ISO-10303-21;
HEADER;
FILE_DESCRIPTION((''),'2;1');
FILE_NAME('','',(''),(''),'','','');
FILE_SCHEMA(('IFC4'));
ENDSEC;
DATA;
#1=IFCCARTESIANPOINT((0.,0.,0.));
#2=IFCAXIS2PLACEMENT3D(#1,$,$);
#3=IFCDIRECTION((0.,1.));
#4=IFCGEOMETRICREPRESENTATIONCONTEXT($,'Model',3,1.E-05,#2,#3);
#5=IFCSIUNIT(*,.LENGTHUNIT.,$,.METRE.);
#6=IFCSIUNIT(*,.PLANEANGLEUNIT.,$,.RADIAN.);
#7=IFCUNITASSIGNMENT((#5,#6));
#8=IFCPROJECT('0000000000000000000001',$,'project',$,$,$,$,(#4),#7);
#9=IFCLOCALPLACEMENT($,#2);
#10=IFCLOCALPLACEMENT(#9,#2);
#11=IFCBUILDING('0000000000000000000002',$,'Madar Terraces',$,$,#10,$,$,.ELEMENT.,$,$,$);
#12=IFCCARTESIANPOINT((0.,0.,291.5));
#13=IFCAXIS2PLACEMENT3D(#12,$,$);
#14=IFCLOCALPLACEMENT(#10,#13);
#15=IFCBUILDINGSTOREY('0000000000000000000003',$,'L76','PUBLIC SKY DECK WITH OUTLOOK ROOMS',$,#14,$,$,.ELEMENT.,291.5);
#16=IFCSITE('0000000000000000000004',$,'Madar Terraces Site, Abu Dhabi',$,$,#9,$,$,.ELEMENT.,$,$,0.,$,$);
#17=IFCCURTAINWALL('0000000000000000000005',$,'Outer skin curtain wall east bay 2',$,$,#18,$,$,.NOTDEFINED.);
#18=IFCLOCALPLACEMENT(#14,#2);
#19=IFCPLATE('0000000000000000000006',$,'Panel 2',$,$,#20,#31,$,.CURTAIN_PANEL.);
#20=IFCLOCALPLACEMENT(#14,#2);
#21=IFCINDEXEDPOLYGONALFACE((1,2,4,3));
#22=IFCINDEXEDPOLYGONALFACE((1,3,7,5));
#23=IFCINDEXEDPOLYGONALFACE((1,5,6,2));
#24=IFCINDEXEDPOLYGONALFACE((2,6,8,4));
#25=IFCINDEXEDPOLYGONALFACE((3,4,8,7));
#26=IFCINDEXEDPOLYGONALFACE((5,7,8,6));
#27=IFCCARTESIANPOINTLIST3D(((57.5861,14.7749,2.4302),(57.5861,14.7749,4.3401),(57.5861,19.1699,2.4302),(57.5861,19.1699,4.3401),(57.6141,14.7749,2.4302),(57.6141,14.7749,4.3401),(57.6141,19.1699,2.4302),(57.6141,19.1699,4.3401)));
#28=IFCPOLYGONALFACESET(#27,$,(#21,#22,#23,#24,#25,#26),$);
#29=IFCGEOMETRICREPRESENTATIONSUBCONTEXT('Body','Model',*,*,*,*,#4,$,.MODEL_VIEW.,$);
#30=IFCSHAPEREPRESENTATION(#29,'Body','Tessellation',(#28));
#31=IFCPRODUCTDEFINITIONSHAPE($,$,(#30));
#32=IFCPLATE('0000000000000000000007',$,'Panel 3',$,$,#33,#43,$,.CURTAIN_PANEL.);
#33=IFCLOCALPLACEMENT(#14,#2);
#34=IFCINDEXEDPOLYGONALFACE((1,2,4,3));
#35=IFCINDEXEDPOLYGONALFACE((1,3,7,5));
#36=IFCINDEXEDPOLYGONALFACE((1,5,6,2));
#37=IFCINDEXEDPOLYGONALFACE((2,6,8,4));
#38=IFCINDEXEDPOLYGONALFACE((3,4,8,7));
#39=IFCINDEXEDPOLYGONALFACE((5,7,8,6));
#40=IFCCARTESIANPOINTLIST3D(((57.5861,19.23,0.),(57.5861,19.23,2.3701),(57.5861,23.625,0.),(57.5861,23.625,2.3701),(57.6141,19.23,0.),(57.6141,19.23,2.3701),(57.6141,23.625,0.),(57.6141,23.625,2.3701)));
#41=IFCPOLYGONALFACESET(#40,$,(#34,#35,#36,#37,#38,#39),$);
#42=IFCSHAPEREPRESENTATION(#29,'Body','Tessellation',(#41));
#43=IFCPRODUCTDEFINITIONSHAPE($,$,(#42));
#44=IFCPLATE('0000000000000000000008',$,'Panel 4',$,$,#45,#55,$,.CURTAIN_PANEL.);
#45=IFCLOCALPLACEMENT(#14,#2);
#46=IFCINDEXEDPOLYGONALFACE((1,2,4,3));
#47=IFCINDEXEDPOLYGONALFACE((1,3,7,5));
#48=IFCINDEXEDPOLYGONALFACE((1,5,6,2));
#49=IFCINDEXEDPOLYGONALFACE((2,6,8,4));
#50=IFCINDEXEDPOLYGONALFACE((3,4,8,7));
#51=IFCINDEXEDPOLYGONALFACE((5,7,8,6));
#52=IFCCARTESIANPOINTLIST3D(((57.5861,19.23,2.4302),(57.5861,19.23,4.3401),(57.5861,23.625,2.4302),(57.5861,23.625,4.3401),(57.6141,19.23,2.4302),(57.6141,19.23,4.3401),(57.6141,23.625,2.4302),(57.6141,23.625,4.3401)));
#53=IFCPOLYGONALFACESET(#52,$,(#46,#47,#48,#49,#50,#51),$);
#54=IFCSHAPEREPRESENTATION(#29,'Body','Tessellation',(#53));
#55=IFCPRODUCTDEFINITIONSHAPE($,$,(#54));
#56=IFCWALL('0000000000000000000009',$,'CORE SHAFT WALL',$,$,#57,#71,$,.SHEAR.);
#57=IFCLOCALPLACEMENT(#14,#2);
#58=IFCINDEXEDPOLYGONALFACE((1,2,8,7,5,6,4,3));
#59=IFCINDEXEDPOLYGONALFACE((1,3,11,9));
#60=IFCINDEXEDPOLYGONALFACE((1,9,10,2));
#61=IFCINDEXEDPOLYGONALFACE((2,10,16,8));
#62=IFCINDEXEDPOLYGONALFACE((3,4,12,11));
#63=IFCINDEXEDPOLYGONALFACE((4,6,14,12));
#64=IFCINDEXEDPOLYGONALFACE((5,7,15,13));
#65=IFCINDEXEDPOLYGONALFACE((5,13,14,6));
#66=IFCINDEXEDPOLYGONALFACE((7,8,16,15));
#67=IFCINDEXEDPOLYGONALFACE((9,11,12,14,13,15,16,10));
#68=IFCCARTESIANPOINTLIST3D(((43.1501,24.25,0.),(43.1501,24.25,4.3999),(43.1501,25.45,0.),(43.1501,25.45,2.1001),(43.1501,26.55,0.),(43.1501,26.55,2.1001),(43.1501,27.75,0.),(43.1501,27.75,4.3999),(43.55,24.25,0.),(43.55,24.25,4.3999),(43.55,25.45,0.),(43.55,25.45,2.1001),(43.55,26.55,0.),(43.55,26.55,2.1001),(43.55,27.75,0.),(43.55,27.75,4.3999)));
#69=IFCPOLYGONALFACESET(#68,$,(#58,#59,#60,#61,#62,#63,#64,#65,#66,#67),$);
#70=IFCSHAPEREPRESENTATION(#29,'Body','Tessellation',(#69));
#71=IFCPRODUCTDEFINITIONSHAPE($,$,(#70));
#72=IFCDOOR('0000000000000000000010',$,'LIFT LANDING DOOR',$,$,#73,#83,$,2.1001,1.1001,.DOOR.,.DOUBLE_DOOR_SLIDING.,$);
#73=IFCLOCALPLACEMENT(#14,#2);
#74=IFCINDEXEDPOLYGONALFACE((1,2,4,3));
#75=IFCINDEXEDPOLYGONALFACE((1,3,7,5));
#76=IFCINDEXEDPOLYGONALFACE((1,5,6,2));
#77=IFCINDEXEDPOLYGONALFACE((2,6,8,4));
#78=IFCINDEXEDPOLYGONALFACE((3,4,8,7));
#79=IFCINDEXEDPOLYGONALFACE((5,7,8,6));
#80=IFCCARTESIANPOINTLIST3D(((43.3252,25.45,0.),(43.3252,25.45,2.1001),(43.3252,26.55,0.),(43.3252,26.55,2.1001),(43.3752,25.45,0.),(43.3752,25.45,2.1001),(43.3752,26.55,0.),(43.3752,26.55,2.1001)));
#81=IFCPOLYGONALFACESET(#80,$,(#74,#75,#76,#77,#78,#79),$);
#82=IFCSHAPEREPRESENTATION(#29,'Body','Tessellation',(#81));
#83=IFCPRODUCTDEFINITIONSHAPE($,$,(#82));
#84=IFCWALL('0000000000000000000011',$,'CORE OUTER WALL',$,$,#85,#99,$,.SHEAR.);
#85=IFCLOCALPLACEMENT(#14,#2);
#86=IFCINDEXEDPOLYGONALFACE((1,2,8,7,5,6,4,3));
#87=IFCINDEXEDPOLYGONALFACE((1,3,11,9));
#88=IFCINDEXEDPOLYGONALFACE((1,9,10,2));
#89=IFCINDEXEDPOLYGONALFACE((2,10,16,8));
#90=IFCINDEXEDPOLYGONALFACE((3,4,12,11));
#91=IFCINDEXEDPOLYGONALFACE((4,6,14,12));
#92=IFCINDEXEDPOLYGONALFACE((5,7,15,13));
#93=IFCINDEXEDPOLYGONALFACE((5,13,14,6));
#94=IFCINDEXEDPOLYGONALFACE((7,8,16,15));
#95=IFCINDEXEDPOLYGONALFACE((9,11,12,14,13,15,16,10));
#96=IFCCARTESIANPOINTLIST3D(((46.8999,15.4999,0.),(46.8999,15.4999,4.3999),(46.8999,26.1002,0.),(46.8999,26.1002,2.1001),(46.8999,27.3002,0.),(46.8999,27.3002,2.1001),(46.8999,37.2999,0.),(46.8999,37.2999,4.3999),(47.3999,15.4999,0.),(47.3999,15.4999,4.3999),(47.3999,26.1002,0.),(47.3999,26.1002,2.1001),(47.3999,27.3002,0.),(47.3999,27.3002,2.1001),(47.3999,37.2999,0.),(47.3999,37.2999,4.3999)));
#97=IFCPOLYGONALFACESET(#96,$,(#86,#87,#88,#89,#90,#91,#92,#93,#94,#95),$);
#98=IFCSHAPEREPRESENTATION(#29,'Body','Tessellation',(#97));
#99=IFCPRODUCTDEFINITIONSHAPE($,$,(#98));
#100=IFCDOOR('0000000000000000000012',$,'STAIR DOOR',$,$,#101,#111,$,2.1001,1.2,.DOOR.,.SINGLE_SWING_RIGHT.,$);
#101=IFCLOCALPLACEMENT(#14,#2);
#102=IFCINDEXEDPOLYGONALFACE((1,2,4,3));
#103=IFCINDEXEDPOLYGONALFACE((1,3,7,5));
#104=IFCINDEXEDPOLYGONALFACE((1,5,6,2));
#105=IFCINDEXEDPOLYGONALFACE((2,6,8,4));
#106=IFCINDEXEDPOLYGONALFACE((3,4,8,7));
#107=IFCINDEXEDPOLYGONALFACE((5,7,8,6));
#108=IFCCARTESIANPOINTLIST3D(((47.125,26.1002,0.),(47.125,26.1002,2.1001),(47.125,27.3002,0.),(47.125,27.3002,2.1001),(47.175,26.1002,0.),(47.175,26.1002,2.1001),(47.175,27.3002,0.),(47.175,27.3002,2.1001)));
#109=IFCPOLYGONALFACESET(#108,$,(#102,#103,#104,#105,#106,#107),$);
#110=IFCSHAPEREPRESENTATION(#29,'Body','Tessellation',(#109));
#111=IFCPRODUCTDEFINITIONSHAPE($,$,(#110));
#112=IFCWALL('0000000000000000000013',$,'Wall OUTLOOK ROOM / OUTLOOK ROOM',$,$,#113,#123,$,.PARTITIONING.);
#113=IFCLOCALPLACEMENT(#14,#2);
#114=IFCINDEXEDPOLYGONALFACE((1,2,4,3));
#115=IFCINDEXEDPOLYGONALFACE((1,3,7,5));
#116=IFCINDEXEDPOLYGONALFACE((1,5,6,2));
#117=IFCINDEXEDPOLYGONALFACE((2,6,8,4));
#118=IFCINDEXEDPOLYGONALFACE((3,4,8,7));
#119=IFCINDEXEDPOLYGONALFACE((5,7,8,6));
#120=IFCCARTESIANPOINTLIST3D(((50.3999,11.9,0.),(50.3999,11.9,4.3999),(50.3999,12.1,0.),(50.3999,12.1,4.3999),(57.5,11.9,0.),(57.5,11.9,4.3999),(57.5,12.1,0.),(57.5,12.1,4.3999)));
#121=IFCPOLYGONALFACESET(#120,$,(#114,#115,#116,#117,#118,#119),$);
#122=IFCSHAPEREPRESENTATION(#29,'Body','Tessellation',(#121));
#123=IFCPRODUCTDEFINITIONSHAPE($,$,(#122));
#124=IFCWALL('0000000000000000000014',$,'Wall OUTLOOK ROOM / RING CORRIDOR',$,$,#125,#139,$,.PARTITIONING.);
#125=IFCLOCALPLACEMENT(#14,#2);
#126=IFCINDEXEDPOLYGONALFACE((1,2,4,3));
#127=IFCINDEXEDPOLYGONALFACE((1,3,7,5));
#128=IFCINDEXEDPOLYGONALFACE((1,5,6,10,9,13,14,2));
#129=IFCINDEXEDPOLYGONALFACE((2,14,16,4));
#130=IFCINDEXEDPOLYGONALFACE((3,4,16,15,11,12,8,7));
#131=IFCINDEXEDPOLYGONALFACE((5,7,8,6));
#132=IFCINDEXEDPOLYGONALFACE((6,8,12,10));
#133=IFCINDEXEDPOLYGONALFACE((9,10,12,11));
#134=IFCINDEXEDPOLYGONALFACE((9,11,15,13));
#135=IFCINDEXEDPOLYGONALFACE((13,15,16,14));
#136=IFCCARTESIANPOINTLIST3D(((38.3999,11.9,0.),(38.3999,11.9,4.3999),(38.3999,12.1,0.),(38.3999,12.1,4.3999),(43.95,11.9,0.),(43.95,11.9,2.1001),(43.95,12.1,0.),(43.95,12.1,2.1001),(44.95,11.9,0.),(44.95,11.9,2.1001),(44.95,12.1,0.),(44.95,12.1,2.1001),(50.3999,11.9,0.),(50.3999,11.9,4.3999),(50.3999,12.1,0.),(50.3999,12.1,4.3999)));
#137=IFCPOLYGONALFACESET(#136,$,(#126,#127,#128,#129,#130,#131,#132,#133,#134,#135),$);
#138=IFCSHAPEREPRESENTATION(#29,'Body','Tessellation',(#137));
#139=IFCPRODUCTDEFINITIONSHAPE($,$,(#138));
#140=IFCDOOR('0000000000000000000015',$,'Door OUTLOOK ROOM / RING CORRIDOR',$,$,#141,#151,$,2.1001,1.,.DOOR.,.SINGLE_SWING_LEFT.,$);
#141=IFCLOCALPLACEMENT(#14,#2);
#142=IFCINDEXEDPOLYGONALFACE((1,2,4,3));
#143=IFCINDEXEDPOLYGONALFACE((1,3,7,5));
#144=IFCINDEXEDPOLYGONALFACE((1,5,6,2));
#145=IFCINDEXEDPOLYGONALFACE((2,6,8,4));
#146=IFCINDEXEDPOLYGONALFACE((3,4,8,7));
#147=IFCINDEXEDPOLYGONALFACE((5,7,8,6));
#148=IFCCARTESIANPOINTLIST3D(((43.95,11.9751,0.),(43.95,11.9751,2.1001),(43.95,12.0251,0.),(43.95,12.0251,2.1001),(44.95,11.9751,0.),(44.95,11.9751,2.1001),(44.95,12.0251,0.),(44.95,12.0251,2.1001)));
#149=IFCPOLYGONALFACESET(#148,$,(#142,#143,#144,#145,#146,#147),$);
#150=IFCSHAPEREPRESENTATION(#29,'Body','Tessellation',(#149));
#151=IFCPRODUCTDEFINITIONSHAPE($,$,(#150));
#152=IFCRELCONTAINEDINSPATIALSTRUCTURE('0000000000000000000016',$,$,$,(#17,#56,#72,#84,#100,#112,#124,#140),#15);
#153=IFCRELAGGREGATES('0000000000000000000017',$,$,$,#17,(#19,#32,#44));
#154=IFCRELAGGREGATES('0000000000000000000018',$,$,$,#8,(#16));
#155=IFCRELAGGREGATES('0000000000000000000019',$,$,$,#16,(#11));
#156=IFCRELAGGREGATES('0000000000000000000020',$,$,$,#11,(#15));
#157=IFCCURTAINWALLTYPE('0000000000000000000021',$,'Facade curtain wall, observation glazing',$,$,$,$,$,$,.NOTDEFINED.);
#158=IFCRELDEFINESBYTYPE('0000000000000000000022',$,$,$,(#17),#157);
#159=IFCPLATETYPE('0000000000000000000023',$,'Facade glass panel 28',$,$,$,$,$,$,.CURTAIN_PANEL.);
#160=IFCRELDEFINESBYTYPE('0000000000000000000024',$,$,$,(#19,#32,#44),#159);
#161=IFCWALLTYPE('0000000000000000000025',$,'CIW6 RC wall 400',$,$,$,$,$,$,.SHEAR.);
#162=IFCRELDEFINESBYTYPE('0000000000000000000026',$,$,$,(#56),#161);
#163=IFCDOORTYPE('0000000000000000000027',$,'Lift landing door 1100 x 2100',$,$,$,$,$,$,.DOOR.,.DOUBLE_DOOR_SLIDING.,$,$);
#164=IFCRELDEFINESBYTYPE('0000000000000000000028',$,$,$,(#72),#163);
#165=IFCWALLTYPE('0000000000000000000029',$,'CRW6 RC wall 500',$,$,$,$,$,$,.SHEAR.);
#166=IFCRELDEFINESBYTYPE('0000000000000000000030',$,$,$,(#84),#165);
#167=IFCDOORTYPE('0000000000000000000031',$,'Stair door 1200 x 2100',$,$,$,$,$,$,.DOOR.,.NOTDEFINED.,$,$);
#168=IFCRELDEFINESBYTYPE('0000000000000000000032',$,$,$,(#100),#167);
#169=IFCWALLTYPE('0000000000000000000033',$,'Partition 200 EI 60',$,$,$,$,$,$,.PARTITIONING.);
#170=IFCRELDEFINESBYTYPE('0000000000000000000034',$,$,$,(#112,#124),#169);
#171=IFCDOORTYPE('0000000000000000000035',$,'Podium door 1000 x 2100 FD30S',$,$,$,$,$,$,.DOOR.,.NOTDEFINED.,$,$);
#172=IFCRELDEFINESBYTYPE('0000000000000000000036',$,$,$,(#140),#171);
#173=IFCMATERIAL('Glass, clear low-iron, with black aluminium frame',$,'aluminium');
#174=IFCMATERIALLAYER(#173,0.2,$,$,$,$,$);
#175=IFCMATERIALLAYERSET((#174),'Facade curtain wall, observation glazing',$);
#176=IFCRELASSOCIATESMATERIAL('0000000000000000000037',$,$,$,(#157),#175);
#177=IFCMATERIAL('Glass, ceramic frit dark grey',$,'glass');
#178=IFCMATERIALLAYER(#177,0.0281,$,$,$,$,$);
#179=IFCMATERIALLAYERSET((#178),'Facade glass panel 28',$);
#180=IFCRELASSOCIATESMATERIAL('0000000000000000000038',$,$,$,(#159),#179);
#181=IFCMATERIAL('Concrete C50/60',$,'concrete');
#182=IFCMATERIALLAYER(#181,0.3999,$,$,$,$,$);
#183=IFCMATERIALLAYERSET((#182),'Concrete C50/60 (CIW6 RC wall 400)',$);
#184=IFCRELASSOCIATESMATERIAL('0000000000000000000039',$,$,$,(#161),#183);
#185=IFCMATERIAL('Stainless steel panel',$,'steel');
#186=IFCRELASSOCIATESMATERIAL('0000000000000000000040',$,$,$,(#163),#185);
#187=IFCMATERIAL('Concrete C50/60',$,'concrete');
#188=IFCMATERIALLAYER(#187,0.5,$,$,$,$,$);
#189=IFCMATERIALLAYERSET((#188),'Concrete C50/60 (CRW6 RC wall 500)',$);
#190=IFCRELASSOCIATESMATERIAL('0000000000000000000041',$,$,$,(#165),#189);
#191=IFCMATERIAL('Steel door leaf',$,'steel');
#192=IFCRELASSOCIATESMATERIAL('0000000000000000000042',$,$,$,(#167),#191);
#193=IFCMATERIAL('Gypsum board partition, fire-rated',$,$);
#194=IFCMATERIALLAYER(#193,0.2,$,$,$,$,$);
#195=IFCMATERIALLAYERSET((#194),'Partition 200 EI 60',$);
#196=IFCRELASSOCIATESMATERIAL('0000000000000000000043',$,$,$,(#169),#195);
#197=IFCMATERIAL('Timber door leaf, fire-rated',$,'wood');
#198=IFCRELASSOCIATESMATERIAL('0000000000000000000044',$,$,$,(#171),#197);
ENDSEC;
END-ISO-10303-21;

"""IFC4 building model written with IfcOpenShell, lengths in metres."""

from ifc_helpers import new_model, si_unit, direction, frame, frame_2d, origin, origin_2d, place, context, subcontext, project, spatial, rectangle, extrude, material, layer, layer_set, type_object, element, fill, aggregate, save


model = new_model("IFC4")

# Units and contexts
model_context = context("Model", 3, precision=1e-05, world=origin(), true_north=direction((0.0, 1.0)))
body_context = subcontext(model_context, "Body", "Model", "MODEL_VIEW")
ifc_project = project(units=[si_unit("LENGTHUNIT", "METRE"), si_unit("PLANEANGLEUNIT", "RADIAN")], contexts=[model_context])

# Site, building, storey
site_placement = place(None, origin())
site = spatial("IfcSite", under=ifc_project, at=site_placement, Name="Madar Terraces Site, Abu Dhabi", CompositionType="ELEMENT", RefElevation=0.0)
building_placement = place(site_placement, origin())
building = spatial("IfcBuilding", under=site, at=building_placement, Name="Madar Terraces", CompositionType="ELEMENT")
storey_placement = place(building_placement, frame((0.0, 0.0, 291.5)))
storey = spatial("IfcBuildingStorey", under=building, at=storey_placement, Name="L76", Description="PUBLIC SKY DECK WITH OUTLOOK ROOMS", CompositionType="ELEMENT", Elevation=291.5)

# Curtain wall
ifc_material_1 = material(Name="Glass, clear low-iron, with black aluminium frame", Category="aluminium")
ifc_layer_1 = layer(ifc_material_1, 0.2)
ifc_layer_set_1 = layer_set([ifc_layer_1], Name="Facade curtain wall, observation glazing")
curtain_wall_type = type_object("IfcCurtainWallType", Name="Facade curtain wall, observation glazing", PredefinedType="NOTDEFINED", material=ifc_layer_set_1)
curtain_wall_1_placement = place(storey_placement, origin())
curtain_wall_1 = element("IfcCurtainWall", 1, at=curtain_wall_1_placement, inside=storey, type_object=curtain_wall_type, Name="Outer skin curtain wall east bay 2", PredefinedType="NOTDEFINED")

# Plates
ifc_material_2 = material(Name="Glass, ceramic frit dark grey", Category="glass")
ifc_layer_2 = layer(ifc_material_2, 0.0281)
ifc_layer_set_2 = layer_set([ifc_layer_2], Name="Facade glass panel 28")
plate_type = type_object("IfcPlateType", Name="Facade glass panel 28", PredefinedType="CURTAIN_PANEL", material=ifc_layer_set_2)
plate_1_placement = place(storey_placement, frame((57.6001, 16.9724, 2.4302), z_axis=(0.0, 0.0, 1.0), x_axis=(0.0, 1.0, 0.0)))
plate_1 = element("IfcPlate", 2, at=plate_1_placement, type_object=plate_type, Name="Panel 2", PredefinedType="CURTAIN_PANEL", context=body_context, shape_type="SweptSolid", body=[
    extrude(rectangle(XDim=4.395, YDim=0.0281, at=origin_2d()), origin(), (0.0, 0.0, 1.0), 1.9099),
])
plate_2_placement = place(storey_placement, frame((57.6001, 21.4275, 0.0), z_axis=(0.0, 0.0, 1.0), x_axis=(0.0, 1.0, 0.0)))
plate_2 = element("IfcPlate", 3, at=plate_2_placement, type_object=plate_type, Name="Panel 3", PredefinedType="CURTAIN_PANEL", context=body_context, shape_type="SweptSolid", body=[
    extrude(rectangle(XDim=4.395, YDim=0.0281, at=origin_2d()), origin(), (0.0, 0.0, 1.0), 2.3701),
])
plate_3_placement = place(storey_placement, frame((57.6001, 21.4275, 2.4302), z_axis=(0.0, 0.0, 1.0), x_axis=(0.0, 1.0, 0.0)))
plate_3 = element("IfcPlate", 4, at=plate_3_placement, type_object=plate_type, Name="Panel 4", PredefinedType="CURTAIN_PANEL", context=body_context, shape_type="SweptSolid", body=[
    extrude(rectangle(XDim=4.395, YDim=0.0281, at=origin_2d()), origin(), (0.0, 0.0, 1.0), 1.9099),
])
aggregate(curtain_wall_1, [plate_1, plate_2, plate_3])

# Walls, openings, doors
ifc_material_3 = material(Name="Concrete C50/60", Category="concrete")
ifc_layer_3 = layer(ifc_material_3, 0.3999)
ifc_layer_set_3 = layer_set([ifc_layer_3], Name="Concrete C50/60 (CIW6 RC wall 400)")
wall_type_1 = type_object("IfcWallType", Name="CIW6 RC wall 400", PredefinedType="SHEAR", material=ifc_layer_set_3)
wall_1_placement = place(storey_placement, frame((43.3501, 24.25, 0.0), z_axis=(0.0, 0.0, 1.0), x_axis=(0.0, 1.0, 0.0)))
wall_1 = element("IfcWall", 5, at=wall_1_placement, inside=storey, type_object=wall_type_1, Name="CORE SHAFT WALL", PredefinedType="SHEAR", context=body_context, shape_type="SweptSolid", body=[
    extrude(rectangle(XDim=3.5, YDim=0.3999, at=frame_2d((1.75, 0.0))), origin(), (0.0, 0.0, 1.0), 4.3999),
])
opening_1_placement = place(wall_1_placement, frame((1.2, 0.0, 0.0)))
opening_1 = element("IfcOpeningElement", 6, at=opening_1_placement, cuts=wall_1, PredefinedType="OPENING", context=body_context, shape_type="SweptSolid", body=[
    extrude(rectangle(XDim=1.1001, YDim=2.1001, at=frame_2d((0.55, 1.05))), frame((0.0, 0.21, 0.0), z_axis=(0.0, -1.0, 0.0), x_axis=(1.0, 0.0, 0.0)), (0.0, 0.0, 1.0), 0.4199),
])
ifc_material_4 = material(Name="Stainless steel panel", Category="steel")
door_type_1 = type_object("IfcDoorType", Name="Lift landing door 1100 x 2100", OperationType="DOUBLE_DOOR_SLIDING", PredefinedType="DOOR", material=ifc_material_4)
door_1_placement = place(opening_1_placement, origin())
door_1 = element("IfcDoor", 7, at=door_1_placement, inside=storey, type_object=door_type_1, Name="LIFT LANDING DOOR", OperationType="DOUBLE_DOOR_SLIDING", OverallHeight=2.1001, OverallWidth=1.1001, PredefinedType="DOOR", context=body_context, shape_type="SweptSolid", body=[
    extrude(rectangle(XDim=1.1001, YDim=2.1001, at=frame_2d((0.55, 1.05))), frame((0.0, 0.0249, 0.0), z_axis=(0.0, -1.0, 0.0), x_axis=(1.0, 0.0, 0.0)), (0.0, 0.0, 1.0), 0.05),
])
fill(opening_1, door_1)
ifc_material_5 = material(Name="Concrete C50/60", Category="concrete")
ifc_layer_4 = layer(ifc_material_5, 0.5)
ifc_layer_set_4 = layer_set([ifc_layer_4], Name="Concrete C50/60 (CRW6 RC wall 500)")
wall_type_2 = type_object("IfcWallType", Name="CRW6 RC wall 500", PredefinedType="SHEAR", material=ifc_layer_set_4)
wall_2_placement = place(storey_placement, frame((47.1499, 15.5, 0.0), z_axis=(0.0, 0.0, 1.0), x_axis=(0.0, 1.0, 0.0)))
wall_2 = element("IfcWall", 8, at=wall_2_placement, inside=storey, type_object=wall_type_2, Name="CORE OUTER WALL", PredefinedType="SHEAR", context=body_context, shape_type="SweptSolid", body=[
    extrude(rectangle(XDim=21.8, YDim=0.5, at=frame_2d((10.8999, 0.0))), origin(), (0.0, 0.0, 1.0), 4.3999),
])
opening_2_placement = place(wall_2_placement, frame((10.6001, 0.0, 0.0)))
opening_2 = element("IfcOpeningElement", 9, at=opening_2_placement, cuts=wall_2, PredefinedType="OPENING", context=body_context, shape_type="SweptSolid", body=[
    extrude(rectangle(XDim=1.2, YDim=2.1001, at=frame_2d((0.6001, 1.05))), frame((0.0, 0.26, 0.0), z_axis=(0.0, -1.0, 0.0), x_axis=(1.0, 0.0, 0.0)), (0.0, 0.0, 1.0), 0.52),
])
ifc_material_6 = material(Name="Steel door leaf", Category="steel")
door_type_2 = type_object("IfcDoorType", Name="Stair door 1200 x 2100", OperationType="NOTDEFINED", PredefinedType="DOOR", material=ifc_material_6)
door_2_placement = place(opening_2_placement, origin())
door_2 = element("IfcDoor", 10, at=door_2_placement, inside=storey, type_object=door_type_2, Name="STAIR DOOR", OperationType="SINGLE_SWING_RIGHT", OverallHeight=2.1001, OverallWidth=1.2, PredefinedType="DOOR", context=body_context, shape_type="SweptSolid", body=[
    extrude(rectangle(XDim=1.2, YDim=2.1001, at=frame_2d((0.6001, 1.05))), frame((0.0, 0.0249, 0.0), z_axis=(0.0, -1.0, 0.0), x_axis=(1.0, 0.0, 0.0)), (0.0, 0.0, 1.0), 0.05),
])
fill(opening_2, door_2)

# Wall
ifc_material_7 = material(Name="Gypsum board partition, fire-rated")
ifc_layer_5 = layer(ifc_material_7, 0.2)
ifc_layer_set_5 = layer_set([ifc_layer_5], Name="Partition 200 EI 60")
wall_type_3 = type_object("IfcWallType", Name="Partition 200 EI 60", PredefinedType="PARTITIONING", material=ifc_layer_set_5)
wall_3_placement = place(storey_placement, frame((50.3999, 12.0, 0.0), z_axis=(0.0, 0.0, 1.0), x_axis=(1.0, 0.0, 0.0)))
element("IfcWall", 11, at=wall_3_placement, inside=storey, type_object=wall_type_3, Name="Wall OUTLOOK ROOM / OUTLOOK ROOM", PredefinedType="PARTITIONING", context=body_context, shape_type="SweptSolid", body=[
    extrude(rectangle(XDim=7.1001, YDim=0.2, at=frame_2d((3.55, 0.0))), origin(), (0.0, 0.0, 1.0), 4.3999),
])

# Wall, opening, door
wall_4_placement = place(storey_placement, frame((50.3999, 12.0, 0.0), z_axis=(0.0, 0.0, 1.0), x_axis=(-1.0, 0.0, 0.0)))
wall_4 = element("IfcWall", 12, at=wall_4_placement, inside=storey, type_object=wall_type_3, Name="Wall OUTLOOK ROOM / RING CORRIDOR", PredefinedType="PARTITIONING", context=body_context, shape_type="SweptSolid", body=[
    extrude(rectangle(XDim=12.0, YDim=0.2, at=frame_2d((6.0, 0.0))), origin(), (0.0, 0.0, 1.0), 4.3999),
])
opening_3_placement = place(wall_4_placement, frame((5.45, 0.0, 0.0)))
opening_3 = element("IfcOpeningElement", 13, at=opening_3_placement, cuts=wall_4, PredefinedType="OPENING", context=body_context, shape_type="SweptSolid", body=[
    extrude(rectangle(XDim=1.0, YDim=2.1001, at=frame_2d((0.5, 1.05))), frame((0.0, 0.1099, 0.0), z_axis=(0.0, -1.0, 0.0), x_axis=(1.0, 0.0, 0.0)), (0.0, 0.0, 1.0), 0.22),
])
ifc_material_8 = material(Name="Timber door leaf, fire-rated", Category="wood")
door_type_3 = type_object("IfcDoorType", Name="Podium door 1000 x 2100 FD30S", OperationType="NOTDEFINED", PredefinedType="DOOR", material=ifc_material_8)
door_3_placement = place(opening_3_placement, origin())
door_3 = element("IfcDoor", 14, at=door_3_placement, inside=storey, type_object=door_type_3, Name="Door OUTLOOK ROOM / RING CORRIDOR", OperationType="SINGLE_SWING_LEFT", OverallHeight=2.1001, OverallWidth=1.0, PredefinedType="DOOR", context=body_context, shape_type="SweptSolid", body=[
    extrude(rectangle(XDim=1.0, YDim=2.1001, at=frame_2d((0.5, 1.05))), frame((0.0, 0.0249, 0.0), z_axis=(0.0, -1.0, 0.0), x_axis=(1.0, 0.0, 0.0)), (0.0, 0.0, 1.0), 0.05),
])
fill(opening_3, door_3)

save(model, "model.ifc")
